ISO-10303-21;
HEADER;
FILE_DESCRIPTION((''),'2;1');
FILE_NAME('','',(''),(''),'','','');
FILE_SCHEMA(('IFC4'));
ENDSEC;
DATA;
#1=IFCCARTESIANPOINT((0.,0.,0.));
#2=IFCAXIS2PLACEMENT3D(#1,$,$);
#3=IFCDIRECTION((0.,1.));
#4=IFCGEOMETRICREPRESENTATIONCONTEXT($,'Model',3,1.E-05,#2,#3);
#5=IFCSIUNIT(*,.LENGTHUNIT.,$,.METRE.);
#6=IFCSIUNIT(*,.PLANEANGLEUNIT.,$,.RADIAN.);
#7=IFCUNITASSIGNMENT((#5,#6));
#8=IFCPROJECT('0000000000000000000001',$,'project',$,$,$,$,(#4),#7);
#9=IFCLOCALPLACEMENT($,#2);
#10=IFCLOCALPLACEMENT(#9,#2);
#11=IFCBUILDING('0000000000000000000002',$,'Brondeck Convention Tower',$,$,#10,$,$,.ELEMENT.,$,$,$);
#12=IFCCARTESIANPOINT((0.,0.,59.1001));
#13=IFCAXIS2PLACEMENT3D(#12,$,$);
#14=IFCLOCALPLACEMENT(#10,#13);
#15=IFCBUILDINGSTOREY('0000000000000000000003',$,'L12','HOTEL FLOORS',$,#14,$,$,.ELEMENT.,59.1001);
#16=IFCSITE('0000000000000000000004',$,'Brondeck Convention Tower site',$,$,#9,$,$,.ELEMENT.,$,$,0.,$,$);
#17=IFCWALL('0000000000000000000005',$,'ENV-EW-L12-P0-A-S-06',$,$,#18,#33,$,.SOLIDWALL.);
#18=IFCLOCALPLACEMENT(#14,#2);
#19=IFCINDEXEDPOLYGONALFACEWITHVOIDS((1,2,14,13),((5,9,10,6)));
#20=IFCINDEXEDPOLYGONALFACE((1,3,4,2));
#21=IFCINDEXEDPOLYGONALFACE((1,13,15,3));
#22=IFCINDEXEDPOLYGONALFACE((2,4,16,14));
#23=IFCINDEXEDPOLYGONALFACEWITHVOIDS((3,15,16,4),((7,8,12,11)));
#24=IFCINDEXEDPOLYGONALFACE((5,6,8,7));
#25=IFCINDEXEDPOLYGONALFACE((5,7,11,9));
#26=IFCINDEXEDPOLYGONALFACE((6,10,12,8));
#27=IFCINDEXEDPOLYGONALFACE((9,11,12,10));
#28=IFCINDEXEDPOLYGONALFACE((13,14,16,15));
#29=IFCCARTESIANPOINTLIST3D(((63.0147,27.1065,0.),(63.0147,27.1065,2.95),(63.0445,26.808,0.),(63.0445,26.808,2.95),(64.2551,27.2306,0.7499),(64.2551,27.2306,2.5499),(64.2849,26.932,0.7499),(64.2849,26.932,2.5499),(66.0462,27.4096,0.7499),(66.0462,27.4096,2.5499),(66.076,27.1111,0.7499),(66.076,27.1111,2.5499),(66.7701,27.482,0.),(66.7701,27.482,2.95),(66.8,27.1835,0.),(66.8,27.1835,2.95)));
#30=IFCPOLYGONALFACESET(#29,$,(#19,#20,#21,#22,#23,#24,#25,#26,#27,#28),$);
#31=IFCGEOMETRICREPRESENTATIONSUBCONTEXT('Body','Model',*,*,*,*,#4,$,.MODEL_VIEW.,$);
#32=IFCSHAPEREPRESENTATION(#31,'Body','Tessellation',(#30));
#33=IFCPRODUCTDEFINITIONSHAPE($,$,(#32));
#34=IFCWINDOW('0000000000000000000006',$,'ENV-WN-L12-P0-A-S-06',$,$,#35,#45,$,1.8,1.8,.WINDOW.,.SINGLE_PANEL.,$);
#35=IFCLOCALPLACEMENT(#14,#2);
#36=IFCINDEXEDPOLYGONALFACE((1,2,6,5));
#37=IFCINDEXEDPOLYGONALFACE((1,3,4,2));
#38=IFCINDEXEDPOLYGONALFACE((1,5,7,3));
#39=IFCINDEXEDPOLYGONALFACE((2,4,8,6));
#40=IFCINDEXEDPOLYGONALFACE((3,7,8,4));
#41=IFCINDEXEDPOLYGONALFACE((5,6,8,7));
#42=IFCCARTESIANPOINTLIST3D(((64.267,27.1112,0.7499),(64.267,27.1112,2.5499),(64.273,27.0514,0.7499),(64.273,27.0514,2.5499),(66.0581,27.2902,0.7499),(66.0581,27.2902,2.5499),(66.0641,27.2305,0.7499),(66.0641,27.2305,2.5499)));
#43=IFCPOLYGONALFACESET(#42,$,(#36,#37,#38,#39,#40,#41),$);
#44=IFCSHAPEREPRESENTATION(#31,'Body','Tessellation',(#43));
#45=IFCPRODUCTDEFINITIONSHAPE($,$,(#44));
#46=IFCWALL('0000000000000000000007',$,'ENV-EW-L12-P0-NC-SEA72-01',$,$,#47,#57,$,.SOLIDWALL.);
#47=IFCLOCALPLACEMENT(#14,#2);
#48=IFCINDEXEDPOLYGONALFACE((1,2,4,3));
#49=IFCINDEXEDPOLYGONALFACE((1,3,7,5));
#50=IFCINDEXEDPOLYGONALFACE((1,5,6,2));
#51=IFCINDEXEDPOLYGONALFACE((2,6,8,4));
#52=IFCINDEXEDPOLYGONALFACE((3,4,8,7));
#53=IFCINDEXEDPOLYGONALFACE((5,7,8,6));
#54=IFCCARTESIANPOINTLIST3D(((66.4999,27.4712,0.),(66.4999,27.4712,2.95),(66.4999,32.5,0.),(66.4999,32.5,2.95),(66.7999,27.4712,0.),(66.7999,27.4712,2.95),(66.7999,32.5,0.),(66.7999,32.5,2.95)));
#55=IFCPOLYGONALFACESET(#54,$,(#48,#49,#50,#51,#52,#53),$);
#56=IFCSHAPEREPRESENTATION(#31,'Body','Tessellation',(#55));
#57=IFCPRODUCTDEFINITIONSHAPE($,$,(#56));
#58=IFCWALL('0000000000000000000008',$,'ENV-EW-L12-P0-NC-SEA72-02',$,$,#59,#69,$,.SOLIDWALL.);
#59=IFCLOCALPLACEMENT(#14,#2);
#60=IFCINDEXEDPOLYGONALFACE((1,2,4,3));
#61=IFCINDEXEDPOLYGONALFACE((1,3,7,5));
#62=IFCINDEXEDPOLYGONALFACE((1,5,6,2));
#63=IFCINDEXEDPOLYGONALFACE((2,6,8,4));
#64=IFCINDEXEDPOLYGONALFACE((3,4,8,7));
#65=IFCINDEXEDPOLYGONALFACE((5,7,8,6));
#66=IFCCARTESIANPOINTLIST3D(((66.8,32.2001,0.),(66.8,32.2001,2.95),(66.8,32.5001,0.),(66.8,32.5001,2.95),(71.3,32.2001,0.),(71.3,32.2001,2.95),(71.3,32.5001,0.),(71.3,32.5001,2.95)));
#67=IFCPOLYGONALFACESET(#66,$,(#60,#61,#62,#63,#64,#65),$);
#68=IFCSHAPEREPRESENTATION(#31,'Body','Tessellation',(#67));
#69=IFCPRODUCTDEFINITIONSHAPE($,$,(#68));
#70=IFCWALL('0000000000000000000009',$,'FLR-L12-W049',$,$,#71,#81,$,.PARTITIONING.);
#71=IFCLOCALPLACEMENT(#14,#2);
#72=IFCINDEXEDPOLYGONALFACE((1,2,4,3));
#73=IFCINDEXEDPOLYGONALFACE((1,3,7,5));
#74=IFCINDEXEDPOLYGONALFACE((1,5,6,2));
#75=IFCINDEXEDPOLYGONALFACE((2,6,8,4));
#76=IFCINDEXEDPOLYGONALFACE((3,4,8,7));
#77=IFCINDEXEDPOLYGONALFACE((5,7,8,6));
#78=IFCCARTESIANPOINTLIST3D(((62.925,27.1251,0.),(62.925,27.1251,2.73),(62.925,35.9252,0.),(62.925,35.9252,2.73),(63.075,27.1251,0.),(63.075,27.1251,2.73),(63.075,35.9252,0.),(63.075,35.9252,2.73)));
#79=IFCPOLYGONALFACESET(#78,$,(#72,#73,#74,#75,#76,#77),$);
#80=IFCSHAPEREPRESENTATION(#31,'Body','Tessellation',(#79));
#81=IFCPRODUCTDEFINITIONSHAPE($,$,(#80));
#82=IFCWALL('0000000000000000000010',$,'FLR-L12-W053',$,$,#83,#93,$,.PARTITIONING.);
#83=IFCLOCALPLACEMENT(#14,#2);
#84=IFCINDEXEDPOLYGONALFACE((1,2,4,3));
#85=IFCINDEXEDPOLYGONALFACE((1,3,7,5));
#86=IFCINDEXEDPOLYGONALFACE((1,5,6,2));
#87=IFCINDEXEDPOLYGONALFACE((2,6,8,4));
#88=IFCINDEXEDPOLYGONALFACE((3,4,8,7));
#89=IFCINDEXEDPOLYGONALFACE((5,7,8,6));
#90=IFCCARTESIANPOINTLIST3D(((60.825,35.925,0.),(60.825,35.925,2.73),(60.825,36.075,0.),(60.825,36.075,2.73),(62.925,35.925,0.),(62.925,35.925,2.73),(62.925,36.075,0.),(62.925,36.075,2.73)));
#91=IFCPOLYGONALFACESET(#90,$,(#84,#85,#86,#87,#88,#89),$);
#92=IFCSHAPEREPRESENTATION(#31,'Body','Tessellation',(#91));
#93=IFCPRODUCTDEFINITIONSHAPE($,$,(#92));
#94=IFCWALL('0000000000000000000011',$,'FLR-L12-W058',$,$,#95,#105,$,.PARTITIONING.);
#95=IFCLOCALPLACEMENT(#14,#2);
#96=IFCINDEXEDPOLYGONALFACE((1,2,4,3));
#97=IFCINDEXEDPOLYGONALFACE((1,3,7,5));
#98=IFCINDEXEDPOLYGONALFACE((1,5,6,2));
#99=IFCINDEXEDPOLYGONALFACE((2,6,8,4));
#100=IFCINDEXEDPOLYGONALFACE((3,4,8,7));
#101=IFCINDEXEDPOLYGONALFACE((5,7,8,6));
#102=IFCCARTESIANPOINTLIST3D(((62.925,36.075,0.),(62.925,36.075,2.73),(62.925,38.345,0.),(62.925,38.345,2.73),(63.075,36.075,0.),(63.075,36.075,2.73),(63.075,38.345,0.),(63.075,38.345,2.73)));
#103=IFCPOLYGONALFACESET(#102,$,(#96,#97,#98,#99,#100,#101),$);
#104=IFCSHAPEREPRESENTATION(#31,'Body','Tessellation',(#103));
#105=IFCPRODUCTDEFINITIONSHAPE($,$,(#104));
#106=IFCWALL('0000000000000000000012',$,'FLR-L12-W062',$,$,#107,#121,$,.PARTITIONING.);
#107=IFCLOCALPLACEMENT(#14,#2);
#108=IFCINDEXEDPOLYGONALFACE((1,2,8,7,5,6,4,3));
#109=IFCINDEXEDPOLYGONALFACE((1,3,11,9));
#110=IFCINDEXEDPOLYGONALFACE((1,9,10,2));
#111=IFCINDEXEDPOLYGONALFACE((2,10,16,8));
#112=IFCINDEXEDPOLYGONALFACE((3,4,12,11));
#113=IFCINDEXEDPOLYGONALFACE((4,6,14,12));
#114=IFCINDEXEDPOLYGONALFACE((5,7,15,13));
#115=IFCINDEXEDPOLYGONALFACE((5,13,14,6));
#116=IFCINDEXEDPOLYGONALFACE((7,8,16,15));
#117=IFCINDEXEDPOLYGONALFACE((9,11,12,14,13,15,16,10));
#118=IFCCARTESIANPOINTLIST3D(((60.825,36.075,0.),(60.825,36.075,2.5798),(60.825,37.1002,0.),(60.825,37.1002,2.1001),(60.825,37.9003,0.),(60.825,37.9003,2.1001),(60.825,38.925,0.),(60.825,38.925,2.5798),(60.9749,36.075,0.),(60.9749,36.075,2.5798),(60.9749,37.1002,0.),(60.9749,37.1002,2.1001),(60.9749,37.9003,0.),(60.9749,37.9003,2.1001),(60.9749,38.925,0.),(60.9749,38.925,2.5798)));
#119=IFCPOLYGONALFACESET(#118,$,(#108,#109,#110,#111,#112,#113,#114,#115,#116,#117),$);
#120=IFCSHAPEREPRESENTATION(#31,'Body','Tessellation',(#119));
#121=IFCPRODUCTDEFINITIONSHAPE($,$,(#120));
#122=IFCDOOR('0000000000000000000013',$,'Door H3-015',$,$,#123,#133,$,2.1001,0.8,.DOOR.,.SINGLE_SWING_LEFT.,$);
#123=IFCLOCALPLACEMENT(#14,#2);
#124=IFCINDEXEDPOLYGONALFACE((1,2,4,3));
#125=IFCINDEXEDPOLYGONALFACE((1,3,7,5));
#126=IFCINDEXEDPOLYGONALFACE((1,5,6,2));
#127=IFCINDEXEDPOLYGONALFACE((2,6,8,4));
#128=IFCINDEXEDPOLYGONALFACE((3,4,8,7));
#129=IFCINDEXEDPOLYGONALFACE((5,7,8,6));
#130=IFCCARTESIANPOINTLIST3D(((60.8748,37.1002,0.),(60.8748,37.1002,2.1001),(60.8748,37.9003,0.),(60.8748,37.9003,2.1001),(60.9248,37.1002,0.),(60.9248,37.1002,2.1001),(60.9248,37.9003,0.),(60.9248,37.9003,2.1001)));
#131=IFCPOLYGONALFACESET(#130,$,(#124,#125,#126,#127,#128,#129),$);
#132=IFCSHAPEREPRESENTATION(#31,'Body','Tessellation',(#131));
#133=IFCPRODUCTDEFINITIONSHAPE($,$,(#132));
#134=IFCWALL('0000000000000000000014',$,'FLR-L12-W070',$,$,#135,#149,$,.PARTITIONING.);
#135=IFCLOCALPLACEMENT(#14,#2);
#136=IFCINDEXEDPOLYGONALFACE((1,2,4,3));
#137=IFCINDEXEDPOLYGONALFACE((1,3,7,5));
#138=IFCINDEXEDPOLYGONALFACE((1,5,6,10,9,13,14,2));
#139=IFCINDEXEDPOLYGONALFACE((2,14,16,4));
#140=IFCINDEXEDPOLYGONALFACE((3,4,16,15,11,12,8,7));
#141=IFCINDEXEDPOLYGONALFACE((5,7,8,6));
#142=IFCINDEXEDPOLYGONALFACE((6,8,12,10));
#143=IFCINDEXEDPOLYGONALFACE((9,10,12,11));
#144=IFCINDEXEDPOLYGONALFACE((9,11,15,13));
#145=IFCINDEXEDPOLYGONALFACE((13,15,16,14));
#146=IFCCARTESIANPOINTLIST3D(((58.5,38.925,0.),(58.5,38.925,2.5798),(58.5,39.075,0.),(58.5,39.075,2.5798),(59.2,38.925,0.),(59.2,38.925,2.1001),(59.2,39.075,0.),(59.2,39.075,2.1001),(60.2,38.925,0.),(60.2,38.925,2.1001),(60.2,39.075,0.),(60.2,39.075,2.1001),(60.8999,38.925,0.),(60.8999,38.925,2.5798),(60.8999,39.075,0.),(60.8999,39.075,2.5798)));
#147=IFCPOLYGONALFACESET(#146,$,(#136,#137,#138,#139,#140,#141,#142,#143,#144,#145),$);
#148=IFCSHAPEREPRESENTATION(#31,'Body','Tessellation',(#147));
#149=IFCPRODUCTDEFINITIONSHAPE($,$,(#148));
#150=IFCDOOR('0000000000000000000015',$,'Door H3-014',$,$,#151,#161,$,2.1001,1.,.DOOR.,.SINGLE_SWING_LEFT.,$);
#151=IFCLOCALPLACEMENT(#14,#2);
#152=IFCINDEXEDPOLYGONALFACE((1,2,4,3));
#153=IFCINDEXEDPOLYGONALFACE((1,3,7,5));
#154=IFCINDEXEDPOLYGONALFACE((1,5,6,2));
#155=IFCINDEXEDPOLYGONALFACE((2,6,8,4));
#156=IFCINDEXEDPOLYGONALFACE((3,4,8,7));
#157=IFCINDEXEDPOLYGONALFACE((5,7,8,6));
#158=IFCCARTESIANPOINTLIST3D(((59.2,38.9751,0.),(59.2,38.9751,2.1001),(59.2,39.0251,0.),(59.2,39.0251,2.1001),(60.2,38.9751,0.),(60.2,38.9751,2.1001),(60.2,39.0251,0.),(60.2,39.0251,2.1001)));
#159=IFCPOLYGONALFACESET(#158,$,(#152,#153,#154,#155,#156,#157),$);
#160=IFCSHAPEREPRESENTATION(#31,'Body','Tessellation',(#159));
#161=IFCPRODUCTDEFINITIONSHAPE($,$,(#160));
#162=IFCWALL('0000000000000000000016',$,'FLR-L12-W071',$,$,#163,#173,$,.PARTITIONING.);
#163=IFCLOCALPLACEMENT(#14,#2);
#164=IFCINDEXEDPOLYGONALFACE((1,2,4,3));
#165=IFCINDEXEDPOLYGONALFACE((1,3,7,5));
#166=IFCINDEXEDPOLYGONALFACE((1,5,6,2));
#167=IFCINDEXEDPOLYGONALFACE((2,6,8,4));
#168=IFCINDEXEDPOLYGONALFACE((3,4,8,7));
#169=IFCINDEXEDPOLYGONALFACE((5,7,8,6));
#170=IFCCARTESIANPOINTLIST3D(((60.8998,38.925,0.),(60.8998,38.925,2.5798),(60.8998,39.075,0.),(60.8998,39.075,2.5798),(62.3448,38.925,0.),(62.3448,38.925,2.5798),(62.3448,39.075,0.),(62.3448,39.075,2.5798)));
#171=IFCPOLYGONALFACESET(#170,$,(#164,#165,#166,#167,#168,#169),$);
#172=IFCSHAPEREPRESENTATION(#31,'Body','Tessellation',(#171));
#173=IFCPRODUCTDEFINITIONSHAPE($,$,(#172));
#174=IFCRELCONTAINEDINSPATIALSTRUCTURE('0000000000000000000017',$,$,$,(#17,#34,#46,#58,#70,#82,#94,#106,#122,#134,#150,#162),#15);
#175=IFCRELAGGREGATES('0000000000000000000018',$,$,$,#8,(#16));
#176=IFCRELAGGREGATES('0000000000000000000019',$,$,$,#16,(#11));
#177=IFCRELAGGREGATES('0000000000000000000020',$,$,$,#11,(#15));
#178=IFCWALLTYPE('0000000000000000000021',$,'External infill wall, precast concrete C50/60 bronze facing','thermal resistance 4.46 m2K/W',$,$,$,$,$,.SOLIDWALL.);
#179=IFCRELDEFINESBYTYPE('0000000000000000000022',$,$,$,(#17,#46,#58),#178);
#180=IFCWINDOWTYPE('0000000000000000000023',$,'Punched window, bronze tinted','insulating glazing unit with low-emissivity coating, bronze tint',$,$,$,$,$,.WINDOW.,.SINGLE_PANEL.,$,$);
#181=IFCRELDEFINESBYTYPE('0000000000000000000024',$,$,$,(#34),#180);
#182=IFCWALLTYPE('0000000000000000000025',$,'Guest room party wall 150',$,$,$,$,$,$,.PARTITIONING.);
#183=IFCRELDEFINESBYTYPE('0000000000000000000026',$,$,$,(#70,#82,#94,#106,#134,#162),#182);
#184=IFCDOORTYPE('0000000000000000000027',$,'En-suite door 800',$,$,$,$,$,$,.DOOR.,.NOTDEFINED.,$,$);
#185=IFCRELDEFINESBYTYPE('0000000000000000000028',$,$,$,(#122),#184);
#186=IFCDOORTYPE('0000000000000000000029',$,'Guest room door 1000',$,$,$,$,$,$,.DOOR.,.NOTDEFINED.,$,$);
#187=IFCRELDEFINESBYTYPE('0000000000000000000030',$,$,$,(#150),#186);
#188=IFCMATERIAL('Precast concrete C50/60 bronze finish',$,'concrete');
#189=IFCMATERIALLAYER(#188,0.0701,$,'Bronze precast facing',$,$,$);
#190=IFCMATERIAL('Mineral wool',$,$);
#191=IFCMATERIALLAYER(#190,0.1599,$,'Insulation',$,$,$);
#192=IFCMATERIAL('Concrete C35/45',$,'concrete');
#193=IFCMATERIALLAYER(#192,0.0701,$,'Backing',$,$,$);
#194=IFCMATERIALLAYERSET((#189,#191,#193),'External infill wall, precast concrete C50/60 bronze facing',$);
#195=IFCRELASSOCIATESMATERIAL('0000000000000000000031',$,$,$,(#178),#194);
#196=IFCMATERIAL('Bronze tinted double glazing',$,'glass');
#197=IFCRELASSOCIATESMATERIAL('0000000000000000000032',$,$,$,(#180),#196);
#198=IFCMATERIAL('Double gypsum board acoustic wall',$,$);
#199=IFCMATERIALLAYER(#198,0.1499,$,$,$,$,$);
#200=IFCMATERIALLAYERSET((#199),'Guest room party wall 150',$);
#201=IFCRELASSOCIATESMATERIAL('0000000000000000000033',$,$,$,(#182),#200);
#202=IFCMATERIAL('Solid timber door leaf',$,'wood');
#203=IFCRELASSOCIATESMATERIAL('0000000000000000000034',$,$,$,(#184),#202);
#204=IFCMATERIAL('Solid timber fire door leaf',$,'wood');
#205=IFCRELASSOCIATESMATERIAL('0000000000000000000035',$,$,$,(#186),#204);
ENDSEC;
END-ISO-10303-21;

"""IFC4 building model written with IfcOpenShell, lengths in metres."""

from ifc_helpers import new_model, si_unit, direction, frame, frame_2d, origin, place, context, subcontext, project, spatial, rectangle, extrude, material, layer, layer_set, type_object, element, fill, save


model = new_model("IFC4")

# Units and contexts
model_context = context("Model", 3, precision=1e-05, world=origin(), true_north=direction((0.0, 1.0)))
body_context = subcontext(model_context, "Body", "Model", "MODEL_VIEW")
ifc_project = project(units=[si_unit("LENGTHUNIT", "METRE"), si_unit("PLANEANGLEUNIT", "RADIAN")], contexts=[model_context])

# Site, building, storey
site_placement = place(None, origin())
site = spatial("IfcSite", under=ifc_project, at=site_placement, Name="Brondeck Convention Tower site", CompositionType="ELEMENT", RefElevation=0.0)
building_placement = place(site_placement, origin())
building = spatial("IfcBuilding", under=site, at=building_placement, Name="Brondeck Convention Tower", CompositionType="ELEMENT")
storey_placement = place(building_placement, frame((0.0, 0.0, 59.1001)))
storey = spatial("IfcBuildingStorey", under=building, at=storey_placement, Name="L12", Description="HOTEL FLOORS", CompositionType="ELEMENT", Elevation=59.1001)

# Shared definitions
ifc_material_1 = material(Name="Precast concrete C50/60 bronze finish", Category="concrete")
ifc_layer_1 = layer(ifc_material_1, 0.0701, Name="Bronze precast facing")
ifc_material_2 = material(Name="Mineral wool")
ifc_layer_2 = layer(ifc_material_2, 0.1599, Name="Insulation")
ifc_material_3 = material(Name="Concrete C35/45", Category="concrete")
ifc_layer_3 = layer(ifc_material_3, 0.0701, Name="Backing")
ifc_layer_set_1 = layer_set([ifc_layer_1, ifc_layer_2, ifc_layer_3], Name="External infill wall, precast concrete C50/60 bronze facing")
wall_type_1 = type_object("IfcWallType", Name="External infill wall, precast concrete C50/60 bronze facing", Description="thermal resistance 4.46 m2K/W", PredefinedType="SOLIDWALL", material=ifc_layer_set_1)
ifc_material_4 = material(Name="Bronze tinted double glazing", Category="glass")
window_type_1 = type_object("IfcWindowType", Name="Punched window, bronze tinted", Description="insulating glazing unit with low-emissivity coating, bronze tint", PartitioningType="SINGLE_PANEL", PredefinedType="WINDOW", material=ifc_material_4)

# Wall, opening, window
wall_1_placement = place(storey_placement, frame((66.7852, 27.3328, 0.0), z_axis=(0.0, 0.0, 1.0), x_axis=(-0.995038, -0.099491, 0.0)))
wall_1 = element("IfcWall", 1, at=wall_1_placement, inside=storey, type_object=wall_type_1, Name="ENV-EW-L12-P0-A-S-06", PredefinedType="SOLIDWALL", context=body_context, shape_type="SweptSolid", body=[
    extrude(rectangle(XDim=3.7742, YDim=0.3, at=frame_2d((1.8872, 0.0))), origin(), (0.0, 0.0, 1.0), 2.95),
])
opening_1_placement = place(wall_1_placement, frame((0.7278, 0.0, 0.75)))
opening_1 = element("IfcOpeningElement", 2, at=opening_1_placement, cuts=wall_1, PredefinedType="OPENING", context=body_context, shape_type="SweptSolid", body=[
    extrude(rectangle(XDim=1.8, YDim=1.8, at=frame_2d((0.8999, 0.8999))), frame((0.0, 0.1599, 0.0), z_axis=(0.0, -1.0, 0.0), x_axis=(1.0, 0.0, 0.0)), (0.0, 0.0, 1.0), 0.3201),
])
window_1_placement = place(opening_1_placement, origin())
window_1 = element("IfcWindow", 3, at=window_1_placement, inside=storey, type_object=window_type_1, Name="ENV-WN-L12-P0-A-S-06", OverallHeight=1.8, OverallWidth=1.8, PartitioningType="SINGLE_PANEL", PredefinedType="WINDOW", context=body_context, shape_type="SweptSolid", body=[
    extrude(rectangle(XDim=1.8, YDim=1.8, at=frame_2d((0.8999, 0.8999))), frame((0.0, 0.03, 0.0), z_axis=(0.0, -1.0, 0.0), x_axis=(1.0, 0.0, 0.0)), (0.0, 0.0, 1.0), 0.0601),
])
fill(opening_1, window_1)

# Walls
wall_2_placement = place(storey_placement, frame((66.6499, 32.5, 0.0), z_axis=(0.0, 0.0, 1.0), x_axis=(0.0, -1.0, 0.0)))
element("IfcWall", 4, at=wall_2_placement, inside=storey, type_object=wall_type_1, Name="ENV-EW-L12-P0-NC-SEA72-01", PredefinedType="SOLIDWALL", context=body_context, shape_type="SweptSolid", body=[
    extrude(rectangle(XDim=5.0288, YDim=0.3, at=frame_2d((2.5144, 0.0))), origin(), (0.0, 0.0, 1.0), 2.95),
])
wall_3_placement = place(storey_placement, frame((71.3, 32.3501, 0.0), z_axis=(0.0, 0.0, 1.0), x_axis=(-1.0, 0.0, 0.0)))
element("IfcWall", 5, at=wall_3_placement, inside=storey, type_object=wall_type_1, Name="ENV-EW-L12-P0-NC-SEA72-02", PredefinedType="SOLIDWALL", context=body_context, shape_type="SweptSolid", body=[
    extrude(rectangle(XDim=4.5, YDim=0.3, at=frame_2d((2.25, 0.0))), origin(), (0.0, 0.0, 1.0), 2.95),
])
ifc_material_5 = material(Name="Double gypsum board acoustic wall")
ifc_layer_4 = layer(ifc_material_5, 0.1499)
ifc_layer_set_2 = layer_set([ifc_layer_4], Name="Guest room party wall 150")
wall_type_2 = type_object("IfcWallType", Name="Guest room party wall 150", PredefinedType="PARTITIONING", material=ifc_layer_set_2)
wall_4_placement = place(storey_placement, frame((63.0, 35.925, 0.0), z_axis=(0.0, 0.0, 1.0), x_axis=(0.0, -1.0, 0.0)))
element("IfcWall", 6, at=wall_4_placement, inside=storey, type_object=wall_type_2, Name="FLR-L12-W049", PredefinedType="PARTITIONING", context=body_context, shape_type="SweptSolid", body=[
    extrude(rectangle(XDim=8.8, YDim=0.1499, at=frame_2d((4.3999, 0.0))), origin(), (0.0, 0.0, 1.0), 2.73),
])
wall_5_placement = place(storey_placement, frame((60.825, 36.0, 0.0), z_axis=(0.0, 0.0, 1.0), x_axis=(1.0, 0.0, 0.0)))
element("IfcWall", 7, at=wall_5_placement, inside=storey, type_object=wall_type_2, Name="FLR-L12-W053", PredefinedType="PARTITIONING", context=body_context, shape_type="SweptSolid", body=[
    extrude(rectangle(XDim=2.1001, YDim=0.1499, at=frame_2d((1.05, 0.0))), origin(), (0.0, 0.0, 1.0), 2.73),
])
wall_6_placement = place(storey_placement, frame((63.0, 38.345, 0.0), z_axis=(0.0, 0.0, 1.0), x_axis=(0.0, -1.0, 0.0)))
element("IfcWall", 8, at=wall_6_placement, inside=storey, type_object=wall_type_2, Name="FLR-L12-W058", PredefinedType="PARTITIONING", context=body_context, shape_type="SweptSolid", body=[
    extrude(rectangle(XDim=2.27, YDim=0.1499, at=frame_2d((1.135, 0.0))), origin(), (0.0, 0.0, 1.0), 2.73),
])

# Walls, openings, doors
wall_7_placement = place(storey_placement, frame((60.8999, 38.925, 0.0), z_axis=(0.0, 0.0, 1.0), x_axis=(0.0, -1.0, 0.0)))
wall_7 = element("IfcWall", 9, at=wall_7_placement, inside=storey, type_object=wall_type_2, Name="FLR-L12-W062", PredefinedType="PARTITIONING", context=body_context, shape_type="SweptSolid", body=[
    extrude(rectangle(XDim=2.8501, YDim=0.1499, at=frame_2d((1.425, 0.0))), origin(), (0.0, 0.0, 1.0), 2.5798),
])
opening_2_placement = place(wall_7_placement, frame((1.0249, 0.0, 0.0)))
opening_2 = element("IfcOpeningElement", 10, at=opening_2_placement, cuts=wall_7, PredefinedType="OPENING", context=body_context, shape_type="SweptSolid", body=[
    extrude(rectangle(XDim=0.8, YDim=2.1001, at=frame_2d((0.3999, 1.05))), frame((0.0, 0.085, 0.0), z_axis=(0.0, -1.0, 0.0), x_axis=(1.0, 0.0, 0.0)), (0.0, 0.0, 1.0), 0.1699),
])
ifc_material_6 = material(Name="Solid timber door leaf", Category="wood")
door_type_1 = type_object("IfcDoorType", Name="En-suite door 800", OperationType="NOTDEFINED", PredefinedType="DOOR", material=ifc_material_6)
door_1_placement = place(opening_2_placement, origin())
door_1 = element("IfcDoor", 11, at=door_1_placement, inside=storey, type_object=door_type_1, Name="Door H3-015", OperationType="SINGLE_SWING_LEFT", OverallHeight=2.1001, OverallWidth=0.8, PredefinedType="DOOR", context=body_context, shape_type="SweptSolid", body=[
    extrude(rectangle(XDim=0.8, YDim=2.1001, at=frame_2d((0.3999, 1.05))), frame((0.0, 0.0249, 0.0), z_axis=(0.0, -1.0, 0.0), x_axis=(1.0, 0.0, 0.0)), (0.0, 0.0, 1.0), 0.05),
])
fill(opening_2, door_1)
wall_8_placement = place(storey_placement, frame((60.8999, 39.0, 0.0), z_axis=(0.0, 0.0, 1.0), x_axis=(-1.0, 0.0, 0.0)))
wall_8 = element("IfcWall", 12, at=wall_8_placement, inside=storey, type_object=wall_type_2, Name="FLR-L12-W070", PredefinedType="PARTITIONING", context=body_context, shape_type="SweptSolid", body=[
    extrude(rectangle(XDim=2.3999, YDim=0.1499, at=frame_2d((1.2, 0.0))), origin(), (0.0, 0.0, 1.0), 2.5798),
])
opening_3_placement = place(wall_8_placement, frame((0.7, 0.0, 0.0)))
opening_3 = element("IfcOpeningElement", 13, at=opening_3_placement, cuts=wall_8, PredefinedType="OPENING", context=body_context, shape_type="SweptSolid", body=[
    extrude(rectangle(XDim=1.0, YDim=2.1001, at=frame_2d((0.5, 1.05))), frame((0.0, 0.085, 0.0), z_axis=(0.0, -1.0, 0.0), x_axis=(1.0, 0.0, 0.0)), (0.0, 0.0, 1.0), 0.1699),
])
ifc_material_7 = material(Name="Solid timber fire door leaf", Category="wood")
door_type_2 = type_object("IfcDoorType", Name="Guest room door 1000", OperationType="NOTDEFINED", PredefinedType="DOOR", material=ifc_material_7)
door_2_placement = place(opening_3_placement, origin())
door_2 = element("IfcDoor", 14, at=door_2_placement, inside=storey, type_object=door_type_2, Name="Door H3-014", OperationType="SINGLE_SWING_LEFT", OverallHeight=2.1001, OverallWidth=1.0, PredefinedType="DOOR", context=body_context, shape_type="SweptSolid", body=[
    extrude(rectangle(XDim=1.0, YDim=2.1001, at=frame_2d((0.5, 1.05))), frame((0.0, 0.0249, 0.0), z_axis=(0.0, -1.0, 0.0), x_axis=(1.0, 0.0, 0.0)), (0.0, 0.0, 1.0), 0.05),
])
fill(opening_3, door_2)

# Wall
wall_9_placement = place(storey_placement, frame((62.345, 39.0, 0.0), z_axis=(0.0, 0.0, 1.0), x_axis=(-1.0, 0.0, 0.0)))
element("IfcWall", 15, at=wall_9_placement, inside=storey, type_object=wall_type_2, Name="FLR-L12-W071", PredefinedType="PARTITIONING", context=body_context, shape_type="SweptSolid", body=[
    extrude(rectangle(XDim=1.4451, YDim=0.1499, at=frame_2d((0.7227, 0.0))), origin(), (0.0, 0.0, 1.0), 2.5798),
])

save(model, "model.ifc")
